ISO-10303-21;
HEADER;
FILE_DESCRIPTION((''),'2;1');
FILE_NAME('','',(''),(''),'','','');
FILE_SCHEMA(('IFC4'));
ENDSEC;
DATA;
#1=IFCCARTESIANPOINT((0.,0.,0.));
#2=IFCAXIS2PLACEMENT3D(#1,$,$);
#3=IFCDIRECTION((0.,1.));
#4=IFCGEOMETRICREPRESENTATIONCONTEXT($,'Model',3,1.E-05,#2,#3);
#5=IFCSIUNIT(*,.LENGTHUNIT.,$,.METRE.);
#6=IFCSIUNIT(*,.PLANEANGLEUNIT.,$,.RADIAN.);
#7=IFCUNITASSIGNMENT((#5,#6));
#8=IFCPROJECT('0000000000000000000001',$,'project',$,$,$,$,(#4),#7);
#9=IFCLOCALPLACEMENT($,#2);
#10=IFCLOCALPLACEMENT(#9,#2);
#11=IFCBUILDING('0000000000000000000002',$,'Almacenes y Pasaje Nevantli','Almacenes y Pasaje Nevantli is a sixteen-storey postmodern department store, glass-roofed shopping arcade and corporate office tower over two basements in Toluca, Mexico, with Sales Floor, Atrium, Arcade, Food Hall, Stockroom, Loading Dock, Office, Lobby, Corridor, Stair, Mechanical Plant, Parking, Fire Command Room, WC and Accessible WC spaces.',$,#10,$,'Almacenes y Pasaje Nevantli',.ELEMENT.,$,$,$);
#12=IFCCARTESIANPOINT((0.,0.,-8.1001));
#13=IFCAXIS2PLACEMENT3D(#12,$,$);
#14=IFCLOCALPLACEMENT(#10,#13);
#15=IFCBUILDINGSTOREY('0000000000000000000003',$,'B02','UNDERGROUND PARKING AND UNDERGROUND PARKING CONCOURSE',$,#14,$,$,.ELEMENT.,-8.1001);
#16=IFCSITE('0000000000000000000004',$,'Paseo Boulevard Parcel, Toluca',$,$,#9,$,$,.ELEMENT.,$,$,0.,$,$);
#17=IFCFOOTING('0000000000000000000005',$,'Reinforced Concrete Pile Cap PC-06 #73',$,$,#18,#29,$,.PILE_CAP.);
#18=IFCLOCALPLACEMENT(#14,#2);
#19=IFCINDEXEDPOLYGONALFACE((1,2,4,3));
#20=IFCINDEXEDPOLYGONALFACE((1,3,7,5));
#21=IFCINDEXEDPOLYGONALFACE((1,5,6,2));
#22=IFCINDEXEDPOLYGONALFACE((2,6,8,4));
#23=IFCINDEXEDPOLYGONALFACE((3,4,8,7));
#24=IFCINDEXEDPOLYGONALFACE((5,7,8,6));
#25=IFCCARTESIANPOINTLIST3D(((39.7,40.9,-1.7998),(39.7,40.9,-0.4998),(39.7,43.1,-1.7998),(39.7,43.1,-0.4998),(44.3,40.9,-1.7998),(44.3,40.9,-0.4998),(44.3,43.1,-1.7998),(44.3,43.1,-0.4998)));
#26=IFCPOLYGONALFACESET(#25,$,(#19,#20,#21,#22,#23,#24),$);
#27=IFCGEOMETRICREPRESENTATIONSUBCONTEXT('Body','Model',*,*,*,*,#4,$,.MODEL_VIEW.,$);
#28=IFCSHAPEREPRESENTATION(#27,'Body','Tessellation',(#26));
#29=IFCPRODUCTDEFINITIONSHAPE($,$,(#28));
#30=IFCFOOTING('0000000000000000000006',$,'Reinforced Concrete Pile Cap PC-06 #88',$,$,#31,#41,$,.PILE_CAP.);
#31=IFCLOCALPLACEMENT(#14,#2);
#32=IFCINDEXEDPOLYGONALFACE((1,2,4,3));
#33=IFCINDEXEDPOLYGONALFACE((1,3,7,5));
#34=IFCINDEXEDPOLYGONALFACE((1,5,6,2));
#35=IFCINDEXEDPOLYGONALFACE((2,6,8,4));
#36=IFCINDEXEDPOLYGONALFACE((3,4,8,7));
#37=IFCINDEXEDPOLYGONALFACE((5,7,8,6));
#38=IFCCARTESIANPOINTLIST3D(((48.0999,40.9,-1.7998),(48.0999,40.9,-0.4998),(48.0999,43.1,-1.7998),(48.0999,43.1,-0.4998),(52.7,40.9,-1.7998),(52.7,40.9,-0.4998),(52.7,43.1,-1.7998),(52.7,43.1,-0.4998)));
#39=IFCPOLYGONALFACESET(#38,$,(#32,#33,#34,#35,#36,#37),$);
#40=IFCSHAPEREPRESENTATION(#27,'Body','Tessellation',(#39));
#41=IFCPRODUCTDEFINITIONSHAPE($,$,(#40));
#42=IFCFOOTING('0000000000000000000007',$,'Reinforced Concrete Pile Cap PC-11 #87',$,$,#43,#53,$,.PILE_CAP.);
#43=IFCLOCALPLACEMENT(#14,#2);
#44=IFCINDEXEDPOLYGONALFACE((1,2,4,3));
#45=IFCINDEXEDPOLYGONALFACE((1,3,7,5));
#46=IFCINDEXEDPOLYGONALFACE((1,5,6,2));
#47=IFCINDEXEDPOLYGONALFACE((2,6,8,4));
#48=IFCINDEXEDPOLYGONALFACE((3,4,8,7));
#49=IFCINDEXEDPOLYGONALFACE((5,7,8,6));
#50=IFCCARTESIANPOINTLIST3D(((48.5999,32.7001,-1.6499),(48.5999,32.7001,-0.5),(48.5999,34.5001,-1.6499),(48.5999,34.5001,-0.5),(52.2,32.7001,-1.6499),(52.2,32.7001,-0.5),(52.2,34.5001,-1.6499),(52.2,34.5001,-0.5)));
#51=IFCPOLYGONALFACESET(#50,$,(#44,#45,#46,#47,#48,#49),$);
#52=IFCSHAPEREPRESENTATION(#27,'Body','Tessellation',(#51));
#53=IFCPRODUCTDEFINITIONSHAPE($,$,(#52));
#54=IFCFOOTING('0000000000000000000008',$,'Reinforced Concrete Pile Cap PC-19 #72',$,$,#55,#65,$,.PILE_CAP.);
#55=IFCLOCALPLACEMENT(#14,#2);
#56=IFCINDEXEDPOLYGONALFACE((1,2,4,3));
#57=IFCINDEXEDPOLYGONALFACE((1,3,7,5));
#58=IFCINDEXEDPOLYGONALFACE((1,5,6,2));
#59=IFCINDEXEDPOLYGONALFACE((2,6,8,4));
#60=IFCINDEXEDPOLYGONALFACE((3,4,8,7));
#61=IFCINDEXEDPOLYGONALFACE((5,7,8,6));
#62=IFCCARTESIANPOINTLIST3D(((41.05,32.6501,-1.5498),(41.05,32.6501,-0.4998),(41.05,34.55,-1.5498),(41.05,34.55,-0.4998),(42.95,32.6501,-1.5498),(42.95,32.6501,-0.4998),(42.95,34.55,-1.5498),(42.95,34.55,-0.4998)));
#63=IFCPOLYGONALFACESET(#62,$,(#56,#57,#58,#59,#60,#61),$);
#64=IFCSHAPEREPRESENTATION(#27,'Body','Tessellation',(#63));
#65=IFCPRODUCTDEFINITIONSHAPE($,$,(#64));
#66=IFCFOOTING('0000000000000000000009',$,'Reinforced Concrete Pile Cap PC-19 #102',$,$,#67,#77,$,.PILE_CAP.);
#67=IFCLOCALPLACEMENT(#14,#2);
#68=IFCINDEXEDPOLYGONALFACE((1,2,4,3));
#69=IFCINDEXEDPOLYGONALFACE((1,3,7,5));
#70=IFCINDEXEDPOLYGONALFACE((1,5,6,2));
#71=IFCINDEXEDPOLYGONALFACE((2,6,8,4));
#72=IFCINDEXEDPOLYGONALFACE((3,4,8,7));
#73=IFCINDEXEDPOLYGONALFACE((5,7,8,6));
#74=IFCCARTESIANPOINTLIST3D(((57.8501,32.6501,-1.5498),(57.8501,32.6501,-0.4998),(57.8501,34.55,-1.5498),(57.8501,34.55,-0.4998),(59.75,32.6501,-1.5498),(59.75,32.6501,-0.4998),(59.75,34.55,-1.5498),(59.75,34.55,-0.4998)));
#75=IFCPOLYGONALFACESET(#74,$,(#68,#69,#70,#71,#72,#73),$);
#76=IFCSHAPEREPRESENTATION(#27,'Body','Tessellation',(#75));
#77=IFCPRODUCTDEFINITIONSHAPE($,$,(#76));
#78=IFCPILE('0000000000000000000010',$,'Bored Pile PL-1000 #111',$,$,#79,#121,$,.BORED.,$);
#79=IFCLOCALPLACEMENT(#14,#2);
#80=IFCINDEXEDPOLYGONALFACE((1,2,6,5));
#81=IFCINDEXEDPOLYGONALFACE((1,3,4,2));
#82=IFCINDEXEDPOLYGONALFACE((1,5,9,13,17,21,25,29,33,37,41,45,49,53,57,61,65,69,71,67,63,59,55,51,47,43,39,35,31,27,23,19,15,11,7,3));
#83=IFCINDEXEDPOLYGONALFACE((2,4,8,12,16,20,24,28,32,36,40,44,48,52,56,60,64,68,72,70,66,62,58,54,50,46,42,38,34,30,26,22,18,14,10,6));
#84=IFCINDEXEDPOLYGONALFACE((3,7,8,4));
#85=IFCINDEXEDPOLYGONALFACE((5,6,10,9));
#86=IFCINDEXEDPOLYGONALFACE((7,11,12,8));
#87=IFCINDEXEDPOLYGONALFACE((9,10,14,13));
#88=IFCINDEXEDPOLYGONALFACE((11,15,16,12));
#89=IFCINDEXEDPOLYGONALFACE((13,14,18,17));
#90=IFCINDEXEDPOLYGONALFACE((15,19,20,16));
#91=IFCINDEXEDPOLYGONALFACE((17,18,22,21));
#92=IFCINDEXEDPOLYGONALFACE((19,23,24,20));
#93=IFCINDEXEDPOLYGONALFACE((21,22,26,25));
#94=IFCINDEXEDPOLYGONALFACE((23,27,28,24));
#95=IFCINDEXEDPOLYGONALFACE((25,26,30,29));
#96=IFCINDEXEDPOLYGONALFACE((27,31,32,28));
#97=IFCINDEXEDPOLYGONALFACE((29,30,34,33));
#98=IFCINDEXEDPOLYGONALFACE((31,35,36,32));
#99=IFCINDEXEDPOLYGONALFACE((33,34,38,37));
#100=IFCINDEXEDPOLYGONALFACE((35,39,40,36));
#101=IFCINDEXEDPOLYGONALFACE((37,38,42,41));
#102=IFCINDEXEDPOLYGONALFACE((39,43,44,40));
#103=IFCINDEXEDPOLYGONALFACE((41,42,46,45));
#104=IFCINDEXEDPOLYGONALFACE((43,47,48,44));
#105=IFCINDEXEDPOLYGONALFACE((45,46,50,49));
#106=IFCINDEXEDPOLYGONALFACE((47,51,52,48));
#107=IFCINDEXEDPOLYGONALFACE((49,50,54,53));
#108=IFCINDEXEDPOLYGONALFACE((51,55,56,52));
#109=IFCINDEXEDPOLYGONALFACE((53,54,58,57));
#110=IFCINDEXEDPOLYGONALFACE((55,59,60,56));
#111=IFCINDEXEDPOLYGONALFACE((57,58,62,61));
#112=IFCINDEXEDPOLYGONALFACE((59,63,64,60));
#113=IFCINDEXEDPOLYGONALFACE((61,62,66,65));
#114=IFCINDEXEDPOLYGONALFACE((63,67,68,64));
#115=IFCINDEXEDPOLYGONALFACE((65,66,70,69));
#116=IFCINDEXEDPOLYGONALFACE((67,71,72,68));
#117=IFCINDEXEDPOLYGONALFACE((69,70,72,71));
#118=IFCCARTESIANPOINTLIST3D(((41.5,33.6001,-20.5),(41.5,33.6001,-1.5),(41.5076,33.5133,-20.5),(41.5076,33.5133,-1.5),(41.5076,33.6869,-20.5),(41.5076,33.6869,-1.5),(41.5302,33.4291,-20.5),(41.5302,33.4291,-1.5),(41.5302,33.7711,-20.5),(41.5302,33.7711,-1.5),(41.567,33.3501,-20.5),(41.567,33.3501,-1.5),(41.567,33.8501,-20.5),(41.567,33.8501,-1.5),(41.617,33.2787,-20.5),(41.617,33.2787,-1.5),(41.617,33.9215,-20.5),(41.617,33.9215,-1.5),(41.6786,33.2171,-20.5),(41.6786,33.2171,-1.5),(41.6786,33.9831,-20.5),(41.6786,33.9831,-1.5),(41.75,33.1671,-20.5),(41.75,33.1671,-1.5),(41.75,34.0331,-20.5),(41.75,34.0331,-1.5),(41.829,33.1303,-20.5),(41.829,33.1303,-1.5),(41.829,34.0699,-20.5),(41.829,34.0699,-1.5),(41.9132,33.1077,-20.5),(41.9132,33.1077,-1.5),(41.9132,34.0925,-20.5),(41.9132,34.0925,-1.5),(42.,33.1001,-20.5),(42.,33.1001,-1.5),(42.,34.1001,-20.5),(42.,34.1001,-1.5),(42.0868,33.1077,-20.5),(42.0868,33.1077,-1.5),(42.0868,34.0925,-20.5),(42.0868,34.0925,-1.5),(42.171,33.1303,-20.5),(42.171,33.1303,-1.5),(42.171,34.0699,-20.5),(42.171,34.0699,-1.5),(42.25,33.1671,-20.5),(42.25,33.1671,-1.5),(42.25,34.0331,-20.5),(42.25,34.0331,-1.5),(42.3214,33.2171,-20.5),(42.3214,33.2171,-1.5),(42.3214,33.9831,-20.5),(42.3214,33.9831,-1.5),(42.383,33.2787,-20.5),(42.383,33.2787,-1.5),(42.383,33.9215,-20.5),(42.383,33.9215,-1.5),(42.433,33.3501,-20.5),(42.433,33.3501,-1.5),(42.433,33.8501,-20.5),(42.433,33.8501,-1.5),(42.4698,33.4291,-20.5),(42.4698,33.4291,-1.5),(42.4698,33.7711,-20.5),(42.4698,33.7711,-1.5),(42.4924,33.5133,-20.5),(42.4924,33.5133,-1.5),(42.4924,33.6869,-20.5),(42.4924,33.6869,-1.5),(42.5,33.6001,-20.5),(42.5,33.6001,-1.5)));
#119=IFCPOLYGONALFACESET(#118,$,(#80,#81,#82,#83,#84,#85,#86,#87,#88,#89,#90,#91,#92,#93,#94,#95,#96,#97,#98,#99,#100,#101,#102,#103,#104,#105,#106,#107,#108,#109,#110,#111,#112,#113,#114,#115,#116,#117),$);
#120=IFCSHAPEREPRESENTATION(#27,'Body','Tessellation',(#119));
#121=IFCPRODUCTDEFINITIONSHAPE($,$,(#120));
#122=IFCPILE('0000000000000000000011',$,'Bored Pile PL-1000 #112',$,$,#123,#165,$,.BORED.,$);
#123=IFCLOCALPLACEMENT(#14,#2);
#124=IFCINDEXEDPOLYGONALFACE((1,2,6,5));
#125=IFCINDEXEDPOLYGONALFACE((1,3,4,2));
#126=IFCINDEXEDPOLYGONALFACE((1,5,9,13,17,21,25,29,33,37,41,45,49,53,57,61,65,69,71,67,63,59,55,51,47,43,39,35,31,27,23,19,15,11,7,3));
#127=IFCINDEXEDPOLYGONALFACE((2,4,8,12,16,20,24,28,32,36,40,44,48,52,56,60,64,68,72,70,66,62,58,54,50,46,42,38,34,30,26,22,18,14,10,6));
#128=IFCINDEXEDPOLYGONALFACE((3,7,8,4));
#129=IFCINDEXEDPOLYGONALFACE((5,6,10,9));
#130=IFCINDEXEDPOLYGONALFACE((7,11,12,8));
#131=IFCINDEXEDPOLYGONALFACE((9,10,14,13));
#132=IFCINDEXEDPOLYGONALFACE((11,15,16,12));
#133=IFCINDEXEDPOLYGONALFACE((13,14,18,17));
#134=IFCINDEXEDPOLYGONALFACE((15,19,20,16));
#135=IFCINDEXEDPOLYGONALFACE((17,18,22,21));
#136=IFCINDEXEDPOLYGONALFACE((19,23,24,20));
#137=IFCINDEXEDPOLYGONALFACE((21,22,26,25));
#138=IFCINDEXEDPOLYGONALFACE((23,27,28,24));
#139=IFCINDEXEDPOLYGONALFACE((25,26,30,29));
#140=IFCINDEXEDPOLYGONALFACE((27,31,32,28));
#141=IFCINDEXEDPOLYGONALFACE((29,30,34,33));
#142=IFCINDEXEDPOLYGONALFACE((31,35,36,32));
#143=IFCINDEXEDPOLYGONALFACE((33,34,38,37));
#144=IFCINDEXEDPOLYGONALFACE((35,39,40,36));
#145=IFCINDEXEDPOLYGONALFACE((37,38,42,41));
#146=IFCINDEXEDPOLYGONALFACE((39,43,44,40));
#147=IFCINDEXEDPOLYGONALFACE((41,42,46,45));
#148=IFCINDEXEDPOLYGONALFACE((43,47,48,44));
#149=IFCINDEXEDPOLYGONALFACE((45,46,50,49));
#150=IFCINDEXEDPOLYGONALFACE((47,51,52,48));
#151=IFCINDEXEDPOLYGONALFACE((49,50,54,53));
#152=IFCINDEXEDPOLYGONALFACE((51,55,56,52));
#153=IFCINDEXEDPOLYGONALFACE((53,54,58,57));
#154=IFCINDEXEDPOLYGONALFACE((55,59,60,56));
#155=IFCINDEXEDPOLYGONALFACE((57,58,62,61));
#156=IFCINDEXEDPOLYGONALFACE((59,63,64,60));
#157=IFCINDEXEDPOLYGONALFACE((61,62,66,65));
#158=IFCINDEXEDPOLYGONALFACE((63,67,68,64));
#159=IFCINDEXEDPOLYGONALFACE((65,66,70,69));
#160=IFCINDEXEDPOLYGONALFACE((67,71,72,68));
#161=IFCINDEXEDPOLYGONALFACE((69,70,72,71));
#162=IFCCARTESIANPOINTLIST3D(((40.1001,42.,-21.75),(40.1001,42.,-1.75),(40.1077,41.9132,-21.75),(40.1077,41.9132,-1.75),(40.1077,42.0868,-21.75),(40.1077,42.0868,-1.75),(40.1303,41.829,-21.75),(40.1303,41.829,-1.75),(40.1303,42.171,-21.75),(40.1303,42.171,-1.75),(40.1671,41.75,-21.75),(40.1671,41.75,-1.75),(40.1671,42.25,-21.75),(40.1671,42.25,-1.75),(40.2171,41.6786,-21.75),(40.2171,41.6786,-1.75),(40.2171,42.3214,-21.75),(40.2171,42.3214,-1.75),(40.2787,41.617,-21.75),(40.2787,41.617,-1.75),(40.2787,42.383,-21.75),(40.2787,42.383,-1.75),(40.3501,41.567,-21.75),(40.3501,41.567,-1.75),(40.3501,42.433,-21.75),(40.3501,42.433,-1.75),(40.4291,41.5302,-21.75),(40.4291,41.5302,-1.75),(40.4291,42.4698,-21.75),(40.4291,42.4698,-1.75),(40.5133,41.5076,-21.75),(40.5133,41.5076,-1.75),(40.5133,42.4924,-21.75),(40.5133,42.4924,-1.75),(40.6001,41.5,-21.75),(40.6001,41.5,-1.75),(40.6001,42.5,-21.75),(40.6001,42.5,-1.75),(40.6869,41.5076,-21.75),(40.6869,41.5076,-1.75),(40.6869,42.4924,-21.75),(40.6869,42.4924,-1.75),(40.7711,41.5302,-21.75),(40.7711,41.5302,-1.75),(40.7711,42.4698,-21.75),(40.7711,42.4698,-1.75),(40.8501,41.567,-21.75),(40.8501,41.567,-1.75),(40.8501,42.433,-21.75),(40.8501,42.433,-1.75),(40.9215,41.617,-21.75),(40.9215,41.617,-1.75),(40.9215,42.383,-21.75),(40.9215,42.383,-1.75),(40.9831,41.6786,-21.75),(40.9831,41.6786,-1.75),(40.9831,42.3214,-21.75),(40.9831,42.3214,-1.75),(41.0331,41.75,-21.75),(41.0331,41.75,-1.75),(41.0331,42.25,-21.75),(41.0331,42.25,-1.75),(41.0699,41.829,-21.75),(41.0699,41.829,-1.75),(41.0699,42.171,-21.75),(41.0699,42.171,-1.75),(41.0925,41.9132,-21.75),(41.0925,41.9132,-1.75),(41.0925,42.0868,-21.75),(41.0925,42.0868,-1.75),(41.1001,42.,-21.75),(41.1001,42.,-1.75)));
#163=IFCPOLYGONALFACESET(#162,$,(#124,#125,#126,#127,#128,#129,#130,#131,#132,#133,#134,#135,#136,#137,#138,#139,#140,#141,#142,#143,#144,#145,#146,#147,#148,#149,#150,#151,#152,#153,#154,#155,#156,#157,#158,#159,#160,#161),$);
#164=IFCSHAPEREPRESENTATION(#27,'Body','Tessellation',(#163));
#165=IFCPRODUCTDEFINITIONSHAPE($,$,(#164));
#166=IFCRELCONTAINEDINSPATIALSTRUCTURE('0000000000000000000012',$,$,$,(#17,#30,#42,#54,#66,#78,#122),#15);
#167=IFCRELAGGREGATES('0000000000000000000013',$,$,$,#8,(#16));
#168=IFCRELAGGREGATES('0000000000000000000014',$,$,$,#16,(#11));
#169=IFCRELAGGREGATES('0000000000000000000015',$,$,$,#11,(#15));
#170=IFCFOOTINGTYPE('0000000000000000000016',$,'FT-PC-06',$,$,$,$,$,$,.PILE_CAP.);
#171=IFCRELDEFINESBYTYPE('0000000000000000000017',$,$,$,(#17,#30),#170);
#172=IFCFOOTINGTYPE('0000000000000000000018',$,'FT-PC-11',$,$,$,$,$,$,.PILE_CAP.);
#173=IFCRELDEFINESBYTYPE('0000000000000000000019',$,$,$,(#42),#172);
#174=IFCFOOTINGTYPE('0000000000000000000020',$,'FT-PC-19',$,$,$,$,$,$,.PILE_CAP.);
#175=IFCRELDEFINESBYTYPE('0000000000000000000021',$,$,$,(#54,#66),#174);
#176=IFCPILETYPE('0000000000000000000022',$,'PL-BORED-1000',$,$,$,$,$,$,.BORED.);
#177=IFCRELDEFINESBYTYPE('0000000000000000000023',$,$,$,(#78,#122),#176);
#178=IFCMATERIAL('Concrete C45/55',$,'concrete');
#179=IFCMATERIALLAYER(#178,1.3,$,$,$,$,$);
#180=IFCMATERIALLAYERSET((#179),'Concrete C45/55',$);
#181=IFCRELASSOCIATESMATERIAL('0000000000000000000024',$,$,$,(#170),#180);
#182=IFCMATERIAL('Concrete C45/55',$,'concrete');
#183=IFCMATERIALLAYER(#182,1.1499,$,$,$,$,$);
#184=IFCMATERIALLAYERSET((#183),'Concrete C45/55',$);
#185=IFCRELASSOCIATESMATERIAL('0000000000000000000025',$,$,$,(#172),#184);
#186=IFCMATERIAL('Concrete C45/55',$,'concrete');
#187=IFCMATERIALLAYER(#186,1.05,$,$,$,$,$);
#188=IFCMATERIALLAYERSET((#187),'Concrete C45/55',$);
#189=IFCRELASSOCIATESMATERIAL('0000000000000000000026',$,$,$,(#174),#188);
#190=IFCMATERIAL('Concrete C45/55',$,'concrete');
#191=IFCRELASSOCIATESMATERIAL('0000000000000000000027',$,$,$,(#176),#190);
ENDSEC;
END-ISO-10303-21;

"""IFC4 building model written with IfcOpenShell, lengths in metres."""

from ifc_helpers import new_model, si_unit, direction, frame, origin, origin_2d, place, context, subcontext, project, spatial, rectangle, circle, extrude, material, layer, layer_set, material_profile, profile_set, type_object, element, save


model = new_model("IFC4")

# Units and contexts
model_context = context("Model", 3, precision=1e-05, world=origin(), true_north=direction((0.0, 1.0)))
body_context = subcontext(model_context, "Body", "Model", "MODEL_VIEW")
ifc_project = project(units=[si_unit("LENGTHUNIT", "METRE"), si_unit("PLANEANGLEUNIT", "RADIAN")], contexts=[model_context])

# Site, building, storey
site_placement = place(None, origin())
site = spatial("IfcSite", under=ifc_project, at=site_placement, Name="Paseo Boulevard Parcel, Toluca", CompositionType="ELEMENT", RefElevation=0.0)
building_placement = place(site_placement, origin())
building = spatial("IfcBuilding", under=site, at=building_placement, Name="Almacenes y Pasaje Nevantli", Description="Almacenes y Pasaje Nevantli is a sixteen-storey postmodern department store, glass-roofed shopping arcade and corporate office tower over two basements in Toluca, Mexico, with Sales Floor, Atrium, Arcade, Food Hall, Stockroom, Loading Dock, Office, Lobby, Corridor, Stair, Mechanical Plant, Parking, Fire Command Room, WC and Accessible WC spaces.", LongName="Almacenes y Pasaje Nevantli", CompositionType="ELEMENT")
storey_placement = place(building_placement, frame((0.0, 0.0, -8.1001)))
storey = spatial("IfcBuildingStorey", under=building, at=storey_placement, Name="B02", Description="UNDERGROUND PARKING AND UNDERGROUND PARKING CONCOURSE", CompositionType="ELEMENT", Elevation=-8.1001)

# Footings
ifc_material_1 = material(Name="Concrete C45/55", Category="concrete")
ifc_layer_1 = layer(ifc_material_1, 1.3)
ifc_layer_set_1 = layer_set([ifc_layer_1], Name="Concrete C45/55")
footing_type_1 = type_object("IfcFootingType", Name="FT-PC-06", PredefinedType="PILE_CAP", material=ifc_layer_set_1)
for number, where, z_axis, x_axis, name in (
    (1, (42.0, 42.0, -1.7998), (0.0, 0.0, 1.0), (1.0, 0.0, 0.0), "Reinforced Concrete Pile Cap PC-06 #73"),
    (2, (50.3999, 42.0, -1.7998), (0.0, 0.0, 1.0), (1.0, 0.0, 0.0), "Reinforced Concrete Pile Cap PC-06 #88"),
):
    element("IfcFooting", number, at=place(storey_placement, frame(where, z_axis=z_axis, x_axis=x_axis)), inside=storey, type_object=footing_type_1, Name=name, PredefinedType="PILE_CAP", context=body_context, shape_type="SweptSolid", body=[
        extrude(rectangle(XDim=4.6001, YDim=2.2, at=origin_2d()), origin(), (0.0, 0.0, 1.0), 1.3),
    ])
ifc_material_2 = material(Name="Concrete C45/55", Category="concrete")
ifc_layer_2 = layer(ifc_material_2, 1.1499)
ifc_layer_set_2 = layer_set([ifc_layer_2], Name="Concrete C45/55")
footing_type_2 = type_object("IfcFootingType", Name="FT-PC-11", PredefinedType="PILE_CAP", material=ifc_layer_set_2)
footing_placement = place(storey_placement, frame((50.3999, 33.6001, -1.6499), z_axis=(0.0, 0.0, 1.0), x_axis=(1.0, 0.0, 0.0)))
element("IfcFooting", 3, at=footing_placement, inside=storey, type_object=footing_type_2, Name="Reinforced Concrete Pile Cap PC-11 #87", PredefinedType="PILE_CAP", context=body_context, shape_type="SweptSolid", body=[
    extrude(rectangle(XDim=3.6001, YDim=1.8, at=origin_2d()), origin(), (0.0, 0.0, 1.0), 1.1499),
])
ifc_material_3 = material(Name="Concrete C45/55", Category="concrete")
ifc_layer_3 = layer(ifc_material_3, 1.05)
ifc_layer_set_3 = layer_set([ifc_layer_3], Name="Concrete C45/55")
footing_type_3 = type_object("IfcFootingType", Name="FT-PC-19", PredefinedType="PILE_CAP", material=ifc_layer_set_3)
for number, where, z_axis, x_axis, name in (
    (4, (42.0, 33.6001, -1.5498), (0.0, 0.0, 1.0), (1.0, 0.0, 0.0), "Reinforced Concrete Pile Cap PC-19 #72"),
    (5, (58.8, 33.6001, -1.5498), (0.0, 0.0, 1.0), (1.0, 0.0, 0.0), "Reinforced Concrete Pile Cap PC-19 #102"),
):
    element("IfcFooting", number, at=place(storey_placement, frame(where, z_axis=z_axis, x_axis=x_axis)), inside=storey, type_object=footing_type_3, Name=name, PredefinedType="PILE_CAP", context=body_context, shape_type="SweptSolid", body=[
        extrude(rectangle(XDim=1.8999, YDim=1.8999, at=origin_2d()), origin(), (0.0, 0.0, 1.0), 1.05),
    ])

# Piles
ifc_material_4 = material(Name="Concrete C45/55", Category="concrete")
ifc_material_profile_1 = material_profile(ifc_material_4, circle(Radius=0.5, at=origin_2d()), Name="RC-PILE-D1000")
ifc_profile_set_1 = profile_set([ifc_material_profile_1], Name="Concrete C45/55")
pile_type_1 = type_object("IfcPileType", Name="PL-BORED-1000", PredefinedType="BORED", material=ifc_profile_set_1)
pile_1_placement = place(storey_placement, frame((42.0, 33.6001, -1.5), z_axis=(0.0, 0.0, -1.0), x_axis=(1.0, 0.0, 0.0)))
element("IfcPile", 6, at=pile_1_placement, inside=storey, type_object=pile_type_1, Name="Bored Pile PL-1000 #111", PredefinedType="BORED", context=body_context, shape_type="SweptSolid", body=[
    extrude(circle(Radius=0.5, at=origin_2d()), origin(), (0.0, 0.0, 1.0), 19.0),
])
for number, where, z_axis, x_axis, name in (
    (7, (40.6001, 42.0, -1.75), (0.0, 0.0, -1.0), (1.0, 0.0, 0.0), "Bored Pile PL-1000 #112"),
):
    element("IfcPile", number, at=place(storey_placement, frame(where, z_axis=z_axis, x_axis=x_axis)), inside=storey, type_object=pile_type_1, Name=name, PredefinedType="BORED", context=body_context, shape_type="SweptSolid", body=[
        extrude(circle(Radius=0.5, at=origin_2d()), origin(), (0.0, 0.0, 1.0), 20.0),
    ])

save(model, "model.ifc")
